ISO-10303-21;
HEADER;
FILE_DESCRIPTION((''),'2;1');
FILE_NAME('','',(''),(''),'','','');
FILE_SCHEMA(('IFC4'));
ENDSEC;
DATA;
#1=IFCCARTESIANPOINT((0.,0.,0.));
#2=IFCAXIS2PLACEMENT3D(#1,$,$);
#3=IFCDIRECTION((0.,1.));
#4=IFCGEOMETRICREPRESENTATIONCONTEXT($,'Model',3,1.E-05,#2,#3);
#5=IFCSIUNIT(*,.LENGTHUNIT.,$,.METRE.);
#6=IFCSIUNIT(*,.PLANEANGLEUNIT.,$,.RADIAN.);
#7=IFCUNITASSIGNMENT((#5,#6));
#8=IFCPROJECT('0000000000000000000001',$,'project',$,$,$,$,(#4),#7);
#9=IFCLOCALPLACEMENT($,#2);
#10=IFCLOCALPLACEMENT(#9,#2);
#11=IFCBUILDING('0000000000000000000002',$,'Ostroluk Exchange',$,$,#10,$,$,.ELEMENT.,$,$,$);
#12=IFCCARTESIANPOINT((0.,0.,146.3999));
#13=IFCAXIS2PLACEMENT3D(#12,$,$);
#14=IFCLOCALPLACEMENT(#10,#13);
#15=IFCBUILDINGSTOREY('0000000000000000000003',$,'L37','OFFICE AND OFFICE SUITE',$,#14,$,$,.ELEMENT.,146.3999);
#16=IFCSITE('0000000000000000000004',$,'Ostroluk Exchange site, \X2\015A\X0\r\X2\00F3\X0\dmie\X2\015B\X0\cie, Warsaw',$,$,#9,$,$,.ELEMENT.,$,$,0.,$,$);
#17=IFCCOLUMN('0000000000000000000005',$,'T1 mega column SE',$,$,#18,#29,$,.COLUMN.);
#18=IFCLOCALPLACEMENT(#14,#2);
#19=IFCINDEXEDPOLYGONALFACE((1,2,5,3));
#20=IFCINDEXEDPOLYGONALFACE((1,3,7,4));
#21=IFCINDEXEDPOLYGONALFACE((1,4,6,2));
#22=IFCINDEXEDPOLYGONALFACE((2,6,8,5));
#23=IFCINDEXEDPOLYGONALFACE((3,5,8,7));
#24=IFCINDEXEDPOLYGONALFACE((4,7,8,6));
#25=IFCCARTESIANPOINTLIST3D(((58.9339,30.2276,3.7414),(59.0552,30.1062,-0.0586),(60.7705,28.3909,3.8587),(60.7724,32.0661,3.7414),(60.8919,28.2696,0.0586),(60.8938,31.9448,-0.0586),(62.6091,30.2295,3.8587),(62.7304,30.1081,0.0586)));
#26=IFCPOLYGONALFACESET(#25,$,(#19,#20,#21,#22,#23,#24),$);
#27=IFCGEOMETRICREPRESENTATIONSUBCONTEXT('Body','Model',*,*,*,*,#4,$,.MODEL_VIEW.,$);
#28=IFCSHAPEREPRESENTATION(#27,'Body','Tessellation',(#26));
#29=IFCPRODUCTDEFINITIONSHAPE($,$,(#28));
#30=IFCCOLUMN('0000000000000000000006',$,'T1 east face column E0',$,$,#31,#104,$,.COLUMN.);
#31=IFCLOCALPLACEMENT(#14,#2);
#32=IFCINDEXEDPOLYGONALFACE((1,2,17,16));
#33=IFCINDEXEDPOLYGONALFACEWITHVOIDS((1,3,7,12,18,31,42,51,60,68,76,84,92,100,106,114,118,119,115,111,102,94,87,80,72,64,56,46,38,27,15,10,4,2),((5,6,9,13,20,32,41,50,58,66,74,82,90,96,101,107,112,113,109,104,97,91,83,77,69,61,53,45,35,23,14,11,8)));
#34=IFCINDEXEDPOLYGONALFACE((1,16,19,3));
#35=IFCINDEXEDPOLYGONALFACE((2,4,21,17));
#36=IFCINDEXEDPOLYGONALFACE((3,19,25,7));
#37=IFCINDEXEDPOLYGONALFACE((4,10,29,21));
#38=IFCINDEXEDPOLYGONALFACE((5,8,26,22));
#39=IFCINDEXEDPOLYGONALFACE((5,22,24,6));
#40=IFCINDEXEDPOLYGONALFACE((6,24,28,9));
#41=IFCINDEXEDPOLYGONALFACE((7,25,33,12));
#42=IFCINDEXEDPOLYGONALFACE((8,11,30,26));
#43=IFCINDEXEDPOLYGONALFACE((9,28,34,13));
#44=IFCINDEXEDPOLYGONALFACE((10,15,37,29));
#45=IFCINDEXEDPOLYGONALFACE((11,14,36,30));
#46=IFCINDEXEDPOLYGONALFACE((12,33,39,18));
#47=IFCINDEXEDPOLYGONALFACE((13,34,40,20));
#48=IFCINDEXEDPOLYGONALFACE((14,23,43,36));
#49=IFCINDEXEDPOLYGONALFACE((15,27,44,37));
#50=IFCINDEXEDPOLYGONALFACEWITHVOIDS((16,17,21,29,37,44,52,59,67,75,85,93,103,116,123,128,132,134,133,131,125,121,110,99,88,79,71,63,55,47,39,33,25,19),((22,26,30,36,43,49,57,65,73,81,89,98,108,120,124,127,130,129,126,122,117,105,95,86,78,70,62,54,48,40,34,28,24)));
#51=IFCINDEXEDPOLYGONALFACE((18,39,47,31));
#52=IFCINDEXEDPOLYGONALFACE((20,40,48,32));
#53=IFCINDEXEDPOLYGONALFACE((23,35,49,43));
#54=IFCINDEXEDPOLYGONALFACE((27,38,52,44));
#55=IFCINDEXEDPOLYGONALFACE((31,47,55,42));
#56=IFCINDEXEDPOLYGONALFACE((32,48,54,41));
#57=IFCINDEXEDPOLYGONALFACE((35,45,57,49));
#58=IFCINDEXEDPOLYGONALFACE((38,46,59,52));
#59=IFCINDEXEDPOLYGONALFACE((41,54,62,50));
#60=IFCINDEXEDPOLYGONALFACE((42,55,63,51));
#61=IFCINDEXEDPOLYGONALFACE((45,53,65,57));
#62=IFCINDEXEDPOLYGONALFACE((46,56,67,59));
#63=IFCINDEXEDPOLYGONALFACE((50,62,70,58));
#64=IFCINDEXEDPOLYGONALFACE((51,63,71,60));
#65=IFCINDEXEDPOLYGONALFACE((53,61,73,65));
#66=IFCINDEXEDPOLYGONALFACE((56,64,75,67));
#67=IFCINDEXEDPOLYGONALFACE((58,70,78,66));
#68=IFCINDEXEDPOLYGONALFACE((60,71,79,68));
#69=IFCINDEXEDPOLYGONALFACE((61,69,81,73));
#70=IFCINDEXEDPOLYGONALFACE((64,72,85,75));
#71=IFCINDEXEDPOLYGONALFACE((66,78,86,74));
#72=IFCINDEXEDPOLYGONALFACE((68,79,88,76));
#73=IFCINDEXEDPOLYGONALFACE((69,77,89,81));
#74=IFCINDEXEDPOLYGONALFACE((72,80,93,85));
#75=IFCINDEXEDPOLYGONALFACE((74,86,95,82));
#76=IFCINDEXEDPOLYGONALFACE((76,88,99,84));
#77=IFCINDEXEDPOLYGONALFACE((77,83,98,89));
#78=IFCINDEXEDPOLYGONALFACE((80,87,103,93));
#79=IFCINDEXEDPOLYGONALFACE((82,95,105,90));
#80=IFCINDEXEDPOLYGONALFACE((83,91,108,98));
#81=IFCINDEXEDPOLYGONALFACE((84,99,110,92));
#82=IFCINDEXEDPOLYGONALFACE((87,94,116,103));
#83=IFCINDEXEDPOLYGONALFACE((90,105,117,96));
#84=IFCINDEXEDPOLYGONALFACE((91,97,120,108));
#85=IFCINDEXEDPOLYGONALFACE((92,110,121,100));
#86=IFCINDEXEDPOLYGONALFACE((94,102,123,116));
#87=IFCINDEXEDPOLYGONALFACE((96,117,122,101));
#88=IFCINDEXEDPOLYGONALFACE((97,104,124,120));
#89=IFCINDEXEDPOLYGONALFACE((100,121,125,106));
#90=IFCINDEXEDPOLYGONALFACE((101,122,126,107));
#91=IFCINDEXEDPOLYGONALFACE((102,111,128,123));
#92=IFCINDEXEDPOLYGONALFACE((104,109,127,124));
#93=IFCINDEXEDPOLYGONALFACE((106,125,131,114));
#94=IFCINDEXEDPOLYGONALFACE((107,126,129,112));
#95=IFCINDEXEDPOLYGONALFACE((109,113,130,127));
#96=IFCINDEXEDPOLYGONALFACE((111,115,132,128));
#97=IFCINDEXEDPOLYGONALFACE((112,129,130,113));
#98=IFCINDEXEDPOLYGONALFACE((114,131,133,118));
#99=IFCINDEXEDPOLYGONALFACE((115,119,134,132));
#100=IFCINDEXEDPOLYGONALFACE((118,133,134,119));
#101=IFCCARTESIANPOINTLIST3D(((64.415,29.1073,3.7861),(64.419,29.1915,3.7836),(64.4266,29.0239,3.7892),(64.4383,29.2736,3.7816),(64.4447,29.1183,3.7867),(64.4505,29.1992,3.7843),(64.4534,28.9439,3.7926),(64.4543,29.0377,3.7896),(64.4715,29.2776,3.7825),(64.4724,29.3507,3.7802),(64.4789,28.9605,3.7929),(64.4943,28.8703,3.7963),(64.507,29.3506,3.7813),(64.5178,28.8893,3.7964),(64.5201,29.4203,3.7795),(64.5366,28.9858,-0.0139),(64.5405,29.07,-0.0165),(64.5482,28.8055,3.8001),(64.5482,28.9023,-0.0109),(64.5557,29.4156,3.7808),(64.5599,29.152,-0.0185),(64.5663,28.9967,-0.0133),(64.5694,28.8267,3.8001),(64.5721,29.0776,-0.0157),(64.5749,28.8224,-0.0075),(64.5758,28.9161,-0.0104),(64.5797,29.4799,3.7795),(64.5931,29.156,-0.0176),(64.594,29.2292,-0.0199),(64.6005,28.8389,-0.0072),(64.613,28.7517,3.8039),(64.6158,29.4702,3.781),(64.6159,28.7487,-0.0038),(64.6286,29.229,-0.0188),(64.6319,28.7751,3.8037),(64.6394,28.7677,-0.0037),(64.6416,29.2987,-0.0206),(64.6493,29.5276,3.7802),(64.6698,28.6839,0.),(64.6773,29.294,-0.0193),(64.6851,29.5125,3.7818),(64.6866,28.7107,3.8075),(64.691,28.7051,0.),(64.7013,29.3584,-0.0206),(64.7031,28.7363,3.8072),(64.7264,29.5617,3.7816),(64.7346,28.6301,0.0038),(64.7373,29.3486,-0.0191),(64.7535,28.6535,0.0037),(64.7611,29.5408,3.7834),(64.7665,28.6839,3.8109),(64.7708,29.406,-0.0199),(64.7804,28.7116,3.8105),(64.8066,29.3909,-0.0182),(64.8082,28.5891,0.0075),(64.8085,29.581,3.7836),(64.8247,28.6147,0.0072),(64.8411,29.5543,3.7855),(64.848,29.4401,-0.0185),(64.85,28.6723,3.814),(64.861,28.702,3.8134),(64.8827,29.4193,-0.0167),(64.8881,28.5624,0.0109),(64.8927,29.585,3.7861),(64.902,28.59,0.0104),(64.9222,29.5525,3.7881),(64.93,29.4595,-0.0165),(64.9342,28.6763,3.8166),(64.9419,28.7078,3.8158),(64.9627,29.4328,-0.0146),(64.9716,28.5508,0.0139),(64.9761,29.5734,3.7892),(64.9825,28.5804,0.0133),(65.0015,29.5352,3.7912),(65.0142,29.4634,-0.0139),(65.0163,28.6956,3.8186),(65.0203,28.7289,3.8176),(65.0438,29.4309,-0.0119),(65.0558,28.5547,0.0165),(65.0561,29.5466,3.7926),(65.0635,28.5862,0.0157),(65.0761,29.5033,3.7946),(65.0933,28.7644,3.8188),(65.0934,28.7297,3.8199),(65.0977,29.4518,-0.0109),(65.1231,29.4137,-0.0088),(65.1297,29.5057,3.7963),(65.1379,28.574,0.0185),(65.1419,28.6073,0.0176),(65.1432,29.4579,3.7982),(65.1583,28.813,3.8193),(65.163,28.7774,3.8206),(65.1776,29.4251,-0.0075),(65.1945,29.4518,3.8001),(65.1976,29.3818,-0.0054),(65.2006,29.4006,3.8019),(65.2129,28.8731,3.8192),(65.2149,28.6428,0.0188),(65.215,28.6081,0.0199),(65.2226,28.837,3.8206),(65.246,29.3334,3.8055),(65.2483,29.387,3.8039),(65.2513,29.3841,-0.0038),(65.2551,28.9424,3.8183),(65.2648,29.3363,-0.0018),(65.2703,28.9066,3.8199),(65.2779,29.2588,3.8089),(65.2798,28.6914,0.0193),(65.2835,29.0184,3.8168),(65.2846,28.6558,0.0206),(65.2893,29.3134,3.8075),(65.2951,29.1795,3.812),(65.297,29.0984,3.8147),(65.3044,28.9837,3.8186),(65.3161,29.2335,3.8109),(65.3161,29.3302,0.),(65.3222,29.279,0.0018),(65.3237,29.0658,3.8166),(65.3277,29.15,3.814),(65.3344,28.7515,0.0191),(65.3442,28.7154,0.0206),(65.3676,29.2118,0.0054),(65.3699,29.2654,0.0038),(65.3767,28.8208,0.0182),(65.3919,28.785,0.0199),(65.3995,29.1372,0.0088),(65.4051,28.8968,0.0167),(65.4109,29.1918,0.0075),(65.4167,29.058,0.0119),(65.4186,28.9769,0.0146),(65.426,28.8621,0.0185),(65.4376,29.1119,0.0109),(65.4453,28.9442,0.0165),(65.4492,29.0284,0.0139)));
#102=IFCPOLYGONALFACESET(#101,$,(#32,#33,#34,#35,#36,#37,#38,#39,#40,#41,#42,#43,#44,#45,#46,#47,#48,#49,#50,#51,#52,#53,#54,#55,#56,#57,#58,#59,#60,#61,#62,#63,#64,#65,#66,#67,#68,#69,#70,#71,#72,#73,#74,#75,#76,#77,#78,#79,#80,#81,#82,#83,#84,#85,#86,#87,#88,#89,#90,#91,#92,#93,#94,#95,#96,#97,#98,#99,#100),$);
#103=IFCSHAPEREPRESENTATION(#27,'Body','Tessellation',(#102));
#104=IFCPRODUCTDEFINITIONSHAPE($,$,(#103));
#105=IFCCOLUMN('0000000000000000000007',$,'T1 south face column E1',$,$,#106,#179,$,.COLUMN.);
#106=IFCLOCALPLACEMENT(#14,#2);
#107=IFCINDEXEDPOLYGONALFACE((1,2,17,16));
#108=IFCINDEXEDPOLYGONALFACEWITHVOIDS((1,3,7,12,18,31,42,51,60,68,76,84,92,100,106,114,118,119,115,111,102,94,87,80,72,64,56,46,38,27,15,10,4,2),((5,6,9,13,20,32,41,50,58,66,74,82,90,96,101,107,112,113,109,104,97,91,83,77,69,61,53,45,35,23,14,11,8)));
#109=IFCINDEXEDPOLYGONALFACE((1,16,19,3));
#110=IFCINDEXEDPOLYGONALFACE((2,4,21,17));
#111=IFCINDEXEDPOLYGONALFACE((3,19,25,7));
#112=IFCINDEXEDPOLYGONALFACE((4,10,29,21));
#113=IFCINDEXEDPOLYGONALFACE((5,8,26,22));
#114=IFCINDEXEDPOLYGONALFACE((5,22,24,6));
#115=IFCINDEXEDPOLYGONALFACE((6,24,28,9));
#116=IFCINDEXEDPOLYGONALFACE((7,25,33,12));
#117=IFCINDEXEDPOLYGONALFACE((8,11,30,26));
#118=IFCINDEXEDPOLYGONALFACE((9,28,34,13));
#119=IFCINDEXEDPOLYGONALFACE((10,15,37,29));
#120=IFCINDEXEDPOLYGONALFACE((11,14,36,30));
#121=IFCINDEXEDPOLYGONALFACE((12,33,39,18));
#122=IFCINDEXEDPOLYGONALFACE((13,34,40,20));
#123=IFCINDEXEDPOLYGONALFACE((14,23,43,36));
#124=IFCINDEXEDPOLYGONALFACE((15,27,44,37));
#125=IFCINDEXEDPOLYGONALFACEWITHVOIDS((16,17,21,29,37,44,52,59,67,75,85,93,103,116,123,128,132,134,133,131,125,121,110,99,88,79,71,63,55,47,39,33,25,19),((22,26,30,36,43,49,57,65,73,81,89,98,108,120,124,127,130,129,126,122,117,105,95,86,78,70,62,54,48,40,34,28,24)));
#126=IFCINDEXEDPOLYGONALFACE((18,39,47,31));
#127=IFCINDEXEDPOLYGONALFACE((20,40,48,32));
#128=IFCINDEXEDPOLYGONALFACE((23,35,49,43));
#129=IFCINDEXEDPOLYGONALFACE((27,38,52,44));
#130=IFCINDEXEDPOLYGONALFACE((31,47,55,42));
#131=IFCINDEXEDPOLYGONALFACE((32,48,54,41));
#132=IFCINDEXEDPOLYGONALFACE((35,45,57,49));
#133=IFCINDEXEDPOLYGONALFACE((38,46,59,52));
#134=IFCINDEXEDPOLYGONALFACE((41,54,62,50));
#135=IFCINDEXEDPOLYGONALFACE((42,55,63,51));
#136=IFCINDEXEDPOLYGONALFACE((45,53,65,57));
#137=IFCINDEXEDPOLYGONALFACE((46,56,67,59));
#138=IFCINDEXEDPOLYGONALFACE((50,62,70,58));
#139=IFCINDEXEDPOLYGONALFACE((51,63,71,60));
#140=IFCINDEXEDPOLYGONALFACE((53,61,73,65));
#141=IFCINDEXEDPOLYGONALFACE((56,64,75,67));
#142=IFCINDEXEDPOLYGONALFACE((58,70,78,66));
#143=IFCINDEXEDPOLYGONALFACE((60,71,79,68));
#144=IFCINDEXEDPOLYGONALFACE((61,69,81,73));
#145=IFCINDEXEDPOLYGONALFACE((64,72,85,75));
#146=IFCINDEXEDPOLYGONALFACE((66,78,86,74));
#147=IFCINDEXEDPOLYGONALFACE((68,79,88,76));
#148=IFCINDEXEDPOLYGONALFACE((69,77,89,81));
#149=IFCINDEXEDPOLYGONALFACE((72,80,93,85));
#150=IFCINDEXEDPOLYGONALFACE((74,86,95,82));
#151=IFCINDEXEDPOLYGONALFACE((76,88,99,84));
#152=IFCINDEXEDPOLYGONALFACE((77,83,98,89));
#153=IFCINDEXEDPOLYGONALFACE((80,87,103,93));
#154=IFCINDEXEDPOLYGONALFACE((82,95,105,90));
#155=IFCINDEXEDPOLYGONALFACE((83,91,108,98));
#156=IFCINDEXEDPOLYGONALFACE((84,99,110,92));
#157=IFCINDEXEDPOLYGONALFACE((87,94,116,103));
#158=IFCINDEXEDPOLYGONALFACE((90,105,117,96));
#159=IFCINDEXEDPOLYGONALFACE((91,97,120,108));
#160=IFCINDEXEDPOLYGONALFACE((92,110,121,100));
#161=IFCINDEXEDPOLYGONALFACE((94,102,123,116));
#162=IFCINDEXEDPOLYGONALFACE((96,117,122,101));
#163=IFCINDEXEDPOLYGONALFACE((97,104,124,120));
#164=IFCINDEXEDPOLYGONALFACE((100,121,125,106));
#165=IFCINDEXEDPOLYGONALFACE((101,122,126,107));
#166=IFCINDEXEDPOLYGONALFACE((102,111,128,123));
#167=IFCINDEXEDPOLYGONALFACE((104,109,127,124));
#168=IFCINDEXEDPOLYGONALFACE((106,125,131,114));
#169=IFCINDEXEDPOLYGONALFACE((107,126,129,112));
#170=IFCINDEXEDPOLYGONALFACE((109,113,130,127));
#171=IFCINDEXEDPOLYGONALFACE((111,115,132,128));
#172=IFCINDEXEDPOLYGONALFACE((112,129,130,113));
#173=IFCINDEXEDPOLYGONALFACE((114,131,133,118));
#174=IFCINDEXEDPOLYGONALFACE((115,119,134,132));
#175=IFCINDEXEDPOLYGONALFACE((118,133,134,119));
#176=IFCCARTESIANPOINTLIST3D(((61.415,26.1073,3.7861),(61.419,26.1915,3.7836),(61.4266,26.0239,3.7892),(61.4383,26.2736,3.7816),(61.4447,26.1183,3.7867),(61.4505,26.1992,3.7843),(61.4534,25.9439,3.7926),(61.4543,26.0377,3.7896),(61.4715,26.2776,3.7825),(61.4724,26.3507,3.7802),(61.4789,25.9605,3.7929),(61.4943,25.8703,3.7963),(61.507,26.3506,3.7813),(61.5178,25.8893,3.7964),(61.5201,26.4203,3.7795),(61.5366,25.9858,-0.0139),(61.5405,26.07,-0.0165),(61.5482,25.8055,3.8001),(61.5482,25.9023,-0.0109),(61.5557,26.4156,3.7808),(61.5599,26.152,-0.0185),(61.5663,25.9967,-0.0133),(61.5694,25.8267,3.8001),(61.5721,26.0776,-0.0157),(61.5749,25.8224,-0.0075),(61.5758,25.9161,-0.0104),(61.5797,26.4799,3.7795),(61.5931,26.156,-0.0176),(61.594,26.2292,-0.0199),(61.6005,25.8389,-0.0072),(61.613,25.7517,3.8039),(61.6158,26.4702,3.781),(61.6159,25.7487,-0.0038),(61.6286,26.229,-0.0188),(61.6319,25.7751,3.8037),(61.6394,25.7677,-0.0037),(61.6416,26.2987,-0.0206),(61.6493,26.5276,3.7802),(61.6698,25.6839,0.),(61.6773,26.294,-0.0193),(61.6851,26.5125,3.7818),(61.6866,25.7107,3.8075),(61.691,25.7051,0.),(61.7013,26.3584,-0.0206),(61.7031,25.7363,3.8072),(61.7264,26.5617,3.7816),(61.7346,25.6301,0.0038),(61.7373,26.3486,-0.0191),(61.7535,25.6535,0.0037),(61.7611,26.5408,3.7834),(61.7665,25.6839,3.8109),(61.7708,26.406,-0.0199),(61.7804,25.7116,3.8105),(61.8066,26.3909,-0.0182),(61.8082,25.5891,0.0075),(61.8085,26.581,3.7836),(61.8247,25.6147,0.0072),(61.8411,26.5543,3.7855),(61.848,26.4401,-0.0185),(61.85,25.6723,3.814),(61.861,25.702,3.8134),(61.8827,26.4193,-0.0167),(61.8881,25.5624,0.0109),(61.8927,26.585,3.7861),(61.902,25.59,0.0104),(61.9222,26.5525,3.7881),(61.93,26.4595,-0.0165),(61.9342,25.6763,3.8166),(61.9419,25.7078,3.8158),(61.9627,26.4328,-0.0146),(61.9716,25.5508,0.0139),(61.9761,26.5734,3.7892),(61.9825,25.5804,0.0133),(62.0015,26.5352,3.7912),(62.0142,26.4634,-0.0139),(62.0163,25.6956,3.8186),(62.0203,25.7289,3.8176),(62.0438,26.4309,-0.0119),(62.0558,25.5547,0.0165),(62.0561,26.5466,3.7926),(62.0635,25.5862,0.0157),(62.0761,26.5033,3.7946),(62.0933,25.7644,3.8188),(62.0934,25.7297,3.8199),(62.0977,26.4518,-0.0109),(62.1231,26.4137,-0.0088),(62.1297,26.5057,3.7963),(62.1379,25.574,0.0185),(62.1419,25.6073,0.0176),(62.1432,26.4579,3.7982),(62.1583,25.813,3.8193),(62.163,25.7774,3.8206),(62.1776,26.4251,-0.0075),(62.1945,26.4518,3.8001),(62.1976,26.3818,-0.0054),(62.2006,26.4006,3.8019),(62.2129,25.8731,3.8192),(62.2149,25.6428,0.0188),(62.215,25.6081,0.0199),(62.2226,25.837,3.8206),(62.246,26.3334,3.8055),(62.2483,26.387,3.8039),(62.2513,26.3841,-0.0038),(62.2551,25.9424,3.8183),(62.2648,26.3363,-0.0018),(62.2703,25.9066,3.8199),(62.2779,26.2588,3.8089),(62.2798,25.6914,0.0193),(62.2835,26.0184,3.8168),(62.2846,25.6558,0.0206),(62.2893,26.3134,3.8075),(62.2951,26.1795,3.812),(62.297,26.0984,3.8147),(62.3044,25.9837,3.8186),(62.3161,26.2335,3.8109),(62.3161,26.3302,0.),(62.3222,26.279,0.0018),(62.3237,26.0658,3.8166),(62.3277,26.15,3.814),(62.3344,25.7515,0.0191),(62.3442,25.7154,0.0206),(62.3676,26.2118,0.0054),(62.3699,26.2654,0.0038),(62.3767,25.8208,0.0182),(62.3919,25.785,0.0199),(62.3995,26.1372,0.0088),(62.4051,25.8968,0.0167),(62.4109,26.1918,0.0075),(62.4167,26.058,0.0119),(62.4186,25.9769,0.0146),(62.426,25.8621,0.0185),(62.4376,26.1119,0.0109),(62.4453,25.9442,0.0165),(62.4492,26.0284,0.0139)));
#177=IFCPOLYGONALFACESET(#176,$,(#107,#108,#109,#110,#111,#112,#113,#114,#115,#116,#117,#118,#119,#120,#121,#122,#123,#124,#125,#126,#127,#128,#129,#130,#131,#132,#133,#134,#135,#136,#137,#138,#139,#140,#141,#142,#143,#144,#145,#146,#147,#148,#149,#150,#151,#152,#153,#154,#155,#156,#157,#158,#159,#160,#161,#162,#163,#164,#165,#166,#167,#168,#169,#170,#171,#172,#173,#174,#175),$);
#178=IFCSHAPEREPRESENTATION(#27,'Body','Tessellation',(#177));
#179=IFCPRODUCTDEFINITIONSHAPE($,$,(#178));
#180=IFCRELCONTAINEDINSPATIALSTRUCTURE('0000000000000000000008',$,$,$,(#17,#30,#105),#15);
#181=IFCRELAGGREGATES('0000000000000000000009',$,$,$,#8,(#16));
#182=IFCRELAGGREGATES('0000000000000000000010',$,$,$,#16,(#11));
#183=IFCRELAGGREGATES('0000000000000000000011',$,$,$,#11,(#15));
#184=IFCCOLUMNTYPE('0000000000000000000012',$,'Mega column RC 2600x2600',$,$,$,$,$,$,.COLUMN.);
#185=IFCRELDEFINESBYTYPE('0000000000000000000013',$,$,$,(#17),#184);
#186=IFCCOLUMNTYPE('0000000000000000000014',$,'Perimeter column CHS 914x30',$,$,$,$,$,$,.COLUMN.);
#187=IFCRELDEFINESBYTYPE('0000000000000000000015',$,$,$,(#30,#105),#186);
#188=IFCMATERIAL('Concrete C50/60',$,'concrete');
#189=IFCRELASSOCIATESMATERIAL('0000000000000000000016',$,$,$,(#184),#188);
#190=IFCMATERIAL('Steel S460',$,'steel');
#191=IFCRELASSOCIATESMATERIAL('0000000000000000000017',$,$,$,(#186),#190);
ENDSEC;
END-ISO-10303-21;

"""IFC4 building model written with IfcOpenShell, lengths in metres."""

from ifc_helpers import new_model, si_unit, direction, frame, origin, origin_2d, place, context, subcontext, project, spatial, rectangle, hollow_circle, extrude, material, material_profile, profile_set, type_object, element, save


model = new_model("IFC4")

# Units and contexts
model_context = context("Model", 3, precision=1e-05, world=origin(), true_north=direction((0.0, 1.0)))
body_context = subcontext(model_context, "Body", "Model", "MODEL_VIEW")
ifc_project = project(units=[si_unit("LENGTHUNIT", "METRE"), si_unit("PLANEANGLEUNIT", "RADIAN")], contexts=[model_context])

# Site, building, storey
site_placement = place(None, origin())
site = spatial("IfcSite", under=ifc_project, at=site_placement, Name="Ostroluk Exchange site, Śródmieście, Warsaw", CompositionType="ELEMENT", RefElevation=0.0)
building_placement = place(site_placement, origin())
building = spatial("IfcBuilding", under=site, at=building_placement, Name="Ostroluk Exchange", CompositionType="ELEMENT")
storey_placement = place(building_placement, frame((0.0, 0.0, 146.3999)))
storey = spatial("IfcBuildingStorey", under=building, at=storey_placement, Name="L37", Description="OFFICE AND OFFICE SUITE", CompositionType="ELEMENT", Elevation=146.3999)

# Columns
ifc_material_1 = material(Name="Concrete C50/60", Category="concrete")
ifc_material_profile_1 = material_profile(ifc_material_1, rectangle(XDim=2.6001, YDim=2.6001, at=origin_2d()), Name="RC 2600x2600")
ifc_profile_set_1 = profile_set([ifc_material_profile_1], Name="Concrete C50/60")
column_type_1 = type_object("IfcColumnType", Name="Mega column RC 2600x2600", PredefinedType="COLUMN", material=ifc_profile_set_1)
column_placement = place(storey_placement, frame((60.8928, 30.1072, 0.0), z_axis=(-0.031898, 0.031898, 0.998982), x_axis=(-0.707107, -0.707107, 0.0)))
element("IfcColumn", 1, at=column_placement, inside=storey, type_object=column_type_1, Name="T1 mega column SE", PredefinedType="COLUMN", context=body_context, shape_type="SweptSolid", body=[
    extrude(rectangle(XDim=2.6001, YDim=2.6001, at=origin_2d()), origin(), (0.0, 0.0, 1.0), 3.804),
])
ifc_material_2 = material(Name="Steel S460", Category="steel")
ifc_material_profile_2 = material_profile(ifc_material_2, hollow_circle(Radius=0.457, WallThickness=0.03, at=origin_2d()), Name="CHS 914x30")
ifc_profile_set_2 = profile_set([ifc_material_profile_2], Name="Steel S460")
column_type_2 = type_object("IfcColumnType", Name="Perimeter column CHS 914x30", PredefinedType="COLUMN", material=ifc_profile_set_2)
for number, where, z_axis, x_axis, name in (
    (2, (64.9929, 29.0071, 0.0), (-0.031962, 0.031962, 0.998978), (-0.707107, -0.707107, 0.0), "T1 east face column E0"),
    (3, (61.9929, 26.0071, 0.0), (-0.031962, 0.031962, 0.998978), (-0.707107, -0.707107, 0.0), "T1 south face column E1"),
):
    element("IfcColumn", number, at=place(storey_placement, frame(where, z_axis=z_axis, x_axis=x_axis)), inside=storey, type_object=column_type_2, Name=name, PredefinedType="COLUMN", context=body_context, shape_type="SweptSolid", body=[
        extrude(hollow_circle(Radius=0.457, WallThickness=0.03, at=origin_2d()), origin(), (0.0, 0.0, 1.0), 3.804),
    ])

save(model, "model.ifc")
